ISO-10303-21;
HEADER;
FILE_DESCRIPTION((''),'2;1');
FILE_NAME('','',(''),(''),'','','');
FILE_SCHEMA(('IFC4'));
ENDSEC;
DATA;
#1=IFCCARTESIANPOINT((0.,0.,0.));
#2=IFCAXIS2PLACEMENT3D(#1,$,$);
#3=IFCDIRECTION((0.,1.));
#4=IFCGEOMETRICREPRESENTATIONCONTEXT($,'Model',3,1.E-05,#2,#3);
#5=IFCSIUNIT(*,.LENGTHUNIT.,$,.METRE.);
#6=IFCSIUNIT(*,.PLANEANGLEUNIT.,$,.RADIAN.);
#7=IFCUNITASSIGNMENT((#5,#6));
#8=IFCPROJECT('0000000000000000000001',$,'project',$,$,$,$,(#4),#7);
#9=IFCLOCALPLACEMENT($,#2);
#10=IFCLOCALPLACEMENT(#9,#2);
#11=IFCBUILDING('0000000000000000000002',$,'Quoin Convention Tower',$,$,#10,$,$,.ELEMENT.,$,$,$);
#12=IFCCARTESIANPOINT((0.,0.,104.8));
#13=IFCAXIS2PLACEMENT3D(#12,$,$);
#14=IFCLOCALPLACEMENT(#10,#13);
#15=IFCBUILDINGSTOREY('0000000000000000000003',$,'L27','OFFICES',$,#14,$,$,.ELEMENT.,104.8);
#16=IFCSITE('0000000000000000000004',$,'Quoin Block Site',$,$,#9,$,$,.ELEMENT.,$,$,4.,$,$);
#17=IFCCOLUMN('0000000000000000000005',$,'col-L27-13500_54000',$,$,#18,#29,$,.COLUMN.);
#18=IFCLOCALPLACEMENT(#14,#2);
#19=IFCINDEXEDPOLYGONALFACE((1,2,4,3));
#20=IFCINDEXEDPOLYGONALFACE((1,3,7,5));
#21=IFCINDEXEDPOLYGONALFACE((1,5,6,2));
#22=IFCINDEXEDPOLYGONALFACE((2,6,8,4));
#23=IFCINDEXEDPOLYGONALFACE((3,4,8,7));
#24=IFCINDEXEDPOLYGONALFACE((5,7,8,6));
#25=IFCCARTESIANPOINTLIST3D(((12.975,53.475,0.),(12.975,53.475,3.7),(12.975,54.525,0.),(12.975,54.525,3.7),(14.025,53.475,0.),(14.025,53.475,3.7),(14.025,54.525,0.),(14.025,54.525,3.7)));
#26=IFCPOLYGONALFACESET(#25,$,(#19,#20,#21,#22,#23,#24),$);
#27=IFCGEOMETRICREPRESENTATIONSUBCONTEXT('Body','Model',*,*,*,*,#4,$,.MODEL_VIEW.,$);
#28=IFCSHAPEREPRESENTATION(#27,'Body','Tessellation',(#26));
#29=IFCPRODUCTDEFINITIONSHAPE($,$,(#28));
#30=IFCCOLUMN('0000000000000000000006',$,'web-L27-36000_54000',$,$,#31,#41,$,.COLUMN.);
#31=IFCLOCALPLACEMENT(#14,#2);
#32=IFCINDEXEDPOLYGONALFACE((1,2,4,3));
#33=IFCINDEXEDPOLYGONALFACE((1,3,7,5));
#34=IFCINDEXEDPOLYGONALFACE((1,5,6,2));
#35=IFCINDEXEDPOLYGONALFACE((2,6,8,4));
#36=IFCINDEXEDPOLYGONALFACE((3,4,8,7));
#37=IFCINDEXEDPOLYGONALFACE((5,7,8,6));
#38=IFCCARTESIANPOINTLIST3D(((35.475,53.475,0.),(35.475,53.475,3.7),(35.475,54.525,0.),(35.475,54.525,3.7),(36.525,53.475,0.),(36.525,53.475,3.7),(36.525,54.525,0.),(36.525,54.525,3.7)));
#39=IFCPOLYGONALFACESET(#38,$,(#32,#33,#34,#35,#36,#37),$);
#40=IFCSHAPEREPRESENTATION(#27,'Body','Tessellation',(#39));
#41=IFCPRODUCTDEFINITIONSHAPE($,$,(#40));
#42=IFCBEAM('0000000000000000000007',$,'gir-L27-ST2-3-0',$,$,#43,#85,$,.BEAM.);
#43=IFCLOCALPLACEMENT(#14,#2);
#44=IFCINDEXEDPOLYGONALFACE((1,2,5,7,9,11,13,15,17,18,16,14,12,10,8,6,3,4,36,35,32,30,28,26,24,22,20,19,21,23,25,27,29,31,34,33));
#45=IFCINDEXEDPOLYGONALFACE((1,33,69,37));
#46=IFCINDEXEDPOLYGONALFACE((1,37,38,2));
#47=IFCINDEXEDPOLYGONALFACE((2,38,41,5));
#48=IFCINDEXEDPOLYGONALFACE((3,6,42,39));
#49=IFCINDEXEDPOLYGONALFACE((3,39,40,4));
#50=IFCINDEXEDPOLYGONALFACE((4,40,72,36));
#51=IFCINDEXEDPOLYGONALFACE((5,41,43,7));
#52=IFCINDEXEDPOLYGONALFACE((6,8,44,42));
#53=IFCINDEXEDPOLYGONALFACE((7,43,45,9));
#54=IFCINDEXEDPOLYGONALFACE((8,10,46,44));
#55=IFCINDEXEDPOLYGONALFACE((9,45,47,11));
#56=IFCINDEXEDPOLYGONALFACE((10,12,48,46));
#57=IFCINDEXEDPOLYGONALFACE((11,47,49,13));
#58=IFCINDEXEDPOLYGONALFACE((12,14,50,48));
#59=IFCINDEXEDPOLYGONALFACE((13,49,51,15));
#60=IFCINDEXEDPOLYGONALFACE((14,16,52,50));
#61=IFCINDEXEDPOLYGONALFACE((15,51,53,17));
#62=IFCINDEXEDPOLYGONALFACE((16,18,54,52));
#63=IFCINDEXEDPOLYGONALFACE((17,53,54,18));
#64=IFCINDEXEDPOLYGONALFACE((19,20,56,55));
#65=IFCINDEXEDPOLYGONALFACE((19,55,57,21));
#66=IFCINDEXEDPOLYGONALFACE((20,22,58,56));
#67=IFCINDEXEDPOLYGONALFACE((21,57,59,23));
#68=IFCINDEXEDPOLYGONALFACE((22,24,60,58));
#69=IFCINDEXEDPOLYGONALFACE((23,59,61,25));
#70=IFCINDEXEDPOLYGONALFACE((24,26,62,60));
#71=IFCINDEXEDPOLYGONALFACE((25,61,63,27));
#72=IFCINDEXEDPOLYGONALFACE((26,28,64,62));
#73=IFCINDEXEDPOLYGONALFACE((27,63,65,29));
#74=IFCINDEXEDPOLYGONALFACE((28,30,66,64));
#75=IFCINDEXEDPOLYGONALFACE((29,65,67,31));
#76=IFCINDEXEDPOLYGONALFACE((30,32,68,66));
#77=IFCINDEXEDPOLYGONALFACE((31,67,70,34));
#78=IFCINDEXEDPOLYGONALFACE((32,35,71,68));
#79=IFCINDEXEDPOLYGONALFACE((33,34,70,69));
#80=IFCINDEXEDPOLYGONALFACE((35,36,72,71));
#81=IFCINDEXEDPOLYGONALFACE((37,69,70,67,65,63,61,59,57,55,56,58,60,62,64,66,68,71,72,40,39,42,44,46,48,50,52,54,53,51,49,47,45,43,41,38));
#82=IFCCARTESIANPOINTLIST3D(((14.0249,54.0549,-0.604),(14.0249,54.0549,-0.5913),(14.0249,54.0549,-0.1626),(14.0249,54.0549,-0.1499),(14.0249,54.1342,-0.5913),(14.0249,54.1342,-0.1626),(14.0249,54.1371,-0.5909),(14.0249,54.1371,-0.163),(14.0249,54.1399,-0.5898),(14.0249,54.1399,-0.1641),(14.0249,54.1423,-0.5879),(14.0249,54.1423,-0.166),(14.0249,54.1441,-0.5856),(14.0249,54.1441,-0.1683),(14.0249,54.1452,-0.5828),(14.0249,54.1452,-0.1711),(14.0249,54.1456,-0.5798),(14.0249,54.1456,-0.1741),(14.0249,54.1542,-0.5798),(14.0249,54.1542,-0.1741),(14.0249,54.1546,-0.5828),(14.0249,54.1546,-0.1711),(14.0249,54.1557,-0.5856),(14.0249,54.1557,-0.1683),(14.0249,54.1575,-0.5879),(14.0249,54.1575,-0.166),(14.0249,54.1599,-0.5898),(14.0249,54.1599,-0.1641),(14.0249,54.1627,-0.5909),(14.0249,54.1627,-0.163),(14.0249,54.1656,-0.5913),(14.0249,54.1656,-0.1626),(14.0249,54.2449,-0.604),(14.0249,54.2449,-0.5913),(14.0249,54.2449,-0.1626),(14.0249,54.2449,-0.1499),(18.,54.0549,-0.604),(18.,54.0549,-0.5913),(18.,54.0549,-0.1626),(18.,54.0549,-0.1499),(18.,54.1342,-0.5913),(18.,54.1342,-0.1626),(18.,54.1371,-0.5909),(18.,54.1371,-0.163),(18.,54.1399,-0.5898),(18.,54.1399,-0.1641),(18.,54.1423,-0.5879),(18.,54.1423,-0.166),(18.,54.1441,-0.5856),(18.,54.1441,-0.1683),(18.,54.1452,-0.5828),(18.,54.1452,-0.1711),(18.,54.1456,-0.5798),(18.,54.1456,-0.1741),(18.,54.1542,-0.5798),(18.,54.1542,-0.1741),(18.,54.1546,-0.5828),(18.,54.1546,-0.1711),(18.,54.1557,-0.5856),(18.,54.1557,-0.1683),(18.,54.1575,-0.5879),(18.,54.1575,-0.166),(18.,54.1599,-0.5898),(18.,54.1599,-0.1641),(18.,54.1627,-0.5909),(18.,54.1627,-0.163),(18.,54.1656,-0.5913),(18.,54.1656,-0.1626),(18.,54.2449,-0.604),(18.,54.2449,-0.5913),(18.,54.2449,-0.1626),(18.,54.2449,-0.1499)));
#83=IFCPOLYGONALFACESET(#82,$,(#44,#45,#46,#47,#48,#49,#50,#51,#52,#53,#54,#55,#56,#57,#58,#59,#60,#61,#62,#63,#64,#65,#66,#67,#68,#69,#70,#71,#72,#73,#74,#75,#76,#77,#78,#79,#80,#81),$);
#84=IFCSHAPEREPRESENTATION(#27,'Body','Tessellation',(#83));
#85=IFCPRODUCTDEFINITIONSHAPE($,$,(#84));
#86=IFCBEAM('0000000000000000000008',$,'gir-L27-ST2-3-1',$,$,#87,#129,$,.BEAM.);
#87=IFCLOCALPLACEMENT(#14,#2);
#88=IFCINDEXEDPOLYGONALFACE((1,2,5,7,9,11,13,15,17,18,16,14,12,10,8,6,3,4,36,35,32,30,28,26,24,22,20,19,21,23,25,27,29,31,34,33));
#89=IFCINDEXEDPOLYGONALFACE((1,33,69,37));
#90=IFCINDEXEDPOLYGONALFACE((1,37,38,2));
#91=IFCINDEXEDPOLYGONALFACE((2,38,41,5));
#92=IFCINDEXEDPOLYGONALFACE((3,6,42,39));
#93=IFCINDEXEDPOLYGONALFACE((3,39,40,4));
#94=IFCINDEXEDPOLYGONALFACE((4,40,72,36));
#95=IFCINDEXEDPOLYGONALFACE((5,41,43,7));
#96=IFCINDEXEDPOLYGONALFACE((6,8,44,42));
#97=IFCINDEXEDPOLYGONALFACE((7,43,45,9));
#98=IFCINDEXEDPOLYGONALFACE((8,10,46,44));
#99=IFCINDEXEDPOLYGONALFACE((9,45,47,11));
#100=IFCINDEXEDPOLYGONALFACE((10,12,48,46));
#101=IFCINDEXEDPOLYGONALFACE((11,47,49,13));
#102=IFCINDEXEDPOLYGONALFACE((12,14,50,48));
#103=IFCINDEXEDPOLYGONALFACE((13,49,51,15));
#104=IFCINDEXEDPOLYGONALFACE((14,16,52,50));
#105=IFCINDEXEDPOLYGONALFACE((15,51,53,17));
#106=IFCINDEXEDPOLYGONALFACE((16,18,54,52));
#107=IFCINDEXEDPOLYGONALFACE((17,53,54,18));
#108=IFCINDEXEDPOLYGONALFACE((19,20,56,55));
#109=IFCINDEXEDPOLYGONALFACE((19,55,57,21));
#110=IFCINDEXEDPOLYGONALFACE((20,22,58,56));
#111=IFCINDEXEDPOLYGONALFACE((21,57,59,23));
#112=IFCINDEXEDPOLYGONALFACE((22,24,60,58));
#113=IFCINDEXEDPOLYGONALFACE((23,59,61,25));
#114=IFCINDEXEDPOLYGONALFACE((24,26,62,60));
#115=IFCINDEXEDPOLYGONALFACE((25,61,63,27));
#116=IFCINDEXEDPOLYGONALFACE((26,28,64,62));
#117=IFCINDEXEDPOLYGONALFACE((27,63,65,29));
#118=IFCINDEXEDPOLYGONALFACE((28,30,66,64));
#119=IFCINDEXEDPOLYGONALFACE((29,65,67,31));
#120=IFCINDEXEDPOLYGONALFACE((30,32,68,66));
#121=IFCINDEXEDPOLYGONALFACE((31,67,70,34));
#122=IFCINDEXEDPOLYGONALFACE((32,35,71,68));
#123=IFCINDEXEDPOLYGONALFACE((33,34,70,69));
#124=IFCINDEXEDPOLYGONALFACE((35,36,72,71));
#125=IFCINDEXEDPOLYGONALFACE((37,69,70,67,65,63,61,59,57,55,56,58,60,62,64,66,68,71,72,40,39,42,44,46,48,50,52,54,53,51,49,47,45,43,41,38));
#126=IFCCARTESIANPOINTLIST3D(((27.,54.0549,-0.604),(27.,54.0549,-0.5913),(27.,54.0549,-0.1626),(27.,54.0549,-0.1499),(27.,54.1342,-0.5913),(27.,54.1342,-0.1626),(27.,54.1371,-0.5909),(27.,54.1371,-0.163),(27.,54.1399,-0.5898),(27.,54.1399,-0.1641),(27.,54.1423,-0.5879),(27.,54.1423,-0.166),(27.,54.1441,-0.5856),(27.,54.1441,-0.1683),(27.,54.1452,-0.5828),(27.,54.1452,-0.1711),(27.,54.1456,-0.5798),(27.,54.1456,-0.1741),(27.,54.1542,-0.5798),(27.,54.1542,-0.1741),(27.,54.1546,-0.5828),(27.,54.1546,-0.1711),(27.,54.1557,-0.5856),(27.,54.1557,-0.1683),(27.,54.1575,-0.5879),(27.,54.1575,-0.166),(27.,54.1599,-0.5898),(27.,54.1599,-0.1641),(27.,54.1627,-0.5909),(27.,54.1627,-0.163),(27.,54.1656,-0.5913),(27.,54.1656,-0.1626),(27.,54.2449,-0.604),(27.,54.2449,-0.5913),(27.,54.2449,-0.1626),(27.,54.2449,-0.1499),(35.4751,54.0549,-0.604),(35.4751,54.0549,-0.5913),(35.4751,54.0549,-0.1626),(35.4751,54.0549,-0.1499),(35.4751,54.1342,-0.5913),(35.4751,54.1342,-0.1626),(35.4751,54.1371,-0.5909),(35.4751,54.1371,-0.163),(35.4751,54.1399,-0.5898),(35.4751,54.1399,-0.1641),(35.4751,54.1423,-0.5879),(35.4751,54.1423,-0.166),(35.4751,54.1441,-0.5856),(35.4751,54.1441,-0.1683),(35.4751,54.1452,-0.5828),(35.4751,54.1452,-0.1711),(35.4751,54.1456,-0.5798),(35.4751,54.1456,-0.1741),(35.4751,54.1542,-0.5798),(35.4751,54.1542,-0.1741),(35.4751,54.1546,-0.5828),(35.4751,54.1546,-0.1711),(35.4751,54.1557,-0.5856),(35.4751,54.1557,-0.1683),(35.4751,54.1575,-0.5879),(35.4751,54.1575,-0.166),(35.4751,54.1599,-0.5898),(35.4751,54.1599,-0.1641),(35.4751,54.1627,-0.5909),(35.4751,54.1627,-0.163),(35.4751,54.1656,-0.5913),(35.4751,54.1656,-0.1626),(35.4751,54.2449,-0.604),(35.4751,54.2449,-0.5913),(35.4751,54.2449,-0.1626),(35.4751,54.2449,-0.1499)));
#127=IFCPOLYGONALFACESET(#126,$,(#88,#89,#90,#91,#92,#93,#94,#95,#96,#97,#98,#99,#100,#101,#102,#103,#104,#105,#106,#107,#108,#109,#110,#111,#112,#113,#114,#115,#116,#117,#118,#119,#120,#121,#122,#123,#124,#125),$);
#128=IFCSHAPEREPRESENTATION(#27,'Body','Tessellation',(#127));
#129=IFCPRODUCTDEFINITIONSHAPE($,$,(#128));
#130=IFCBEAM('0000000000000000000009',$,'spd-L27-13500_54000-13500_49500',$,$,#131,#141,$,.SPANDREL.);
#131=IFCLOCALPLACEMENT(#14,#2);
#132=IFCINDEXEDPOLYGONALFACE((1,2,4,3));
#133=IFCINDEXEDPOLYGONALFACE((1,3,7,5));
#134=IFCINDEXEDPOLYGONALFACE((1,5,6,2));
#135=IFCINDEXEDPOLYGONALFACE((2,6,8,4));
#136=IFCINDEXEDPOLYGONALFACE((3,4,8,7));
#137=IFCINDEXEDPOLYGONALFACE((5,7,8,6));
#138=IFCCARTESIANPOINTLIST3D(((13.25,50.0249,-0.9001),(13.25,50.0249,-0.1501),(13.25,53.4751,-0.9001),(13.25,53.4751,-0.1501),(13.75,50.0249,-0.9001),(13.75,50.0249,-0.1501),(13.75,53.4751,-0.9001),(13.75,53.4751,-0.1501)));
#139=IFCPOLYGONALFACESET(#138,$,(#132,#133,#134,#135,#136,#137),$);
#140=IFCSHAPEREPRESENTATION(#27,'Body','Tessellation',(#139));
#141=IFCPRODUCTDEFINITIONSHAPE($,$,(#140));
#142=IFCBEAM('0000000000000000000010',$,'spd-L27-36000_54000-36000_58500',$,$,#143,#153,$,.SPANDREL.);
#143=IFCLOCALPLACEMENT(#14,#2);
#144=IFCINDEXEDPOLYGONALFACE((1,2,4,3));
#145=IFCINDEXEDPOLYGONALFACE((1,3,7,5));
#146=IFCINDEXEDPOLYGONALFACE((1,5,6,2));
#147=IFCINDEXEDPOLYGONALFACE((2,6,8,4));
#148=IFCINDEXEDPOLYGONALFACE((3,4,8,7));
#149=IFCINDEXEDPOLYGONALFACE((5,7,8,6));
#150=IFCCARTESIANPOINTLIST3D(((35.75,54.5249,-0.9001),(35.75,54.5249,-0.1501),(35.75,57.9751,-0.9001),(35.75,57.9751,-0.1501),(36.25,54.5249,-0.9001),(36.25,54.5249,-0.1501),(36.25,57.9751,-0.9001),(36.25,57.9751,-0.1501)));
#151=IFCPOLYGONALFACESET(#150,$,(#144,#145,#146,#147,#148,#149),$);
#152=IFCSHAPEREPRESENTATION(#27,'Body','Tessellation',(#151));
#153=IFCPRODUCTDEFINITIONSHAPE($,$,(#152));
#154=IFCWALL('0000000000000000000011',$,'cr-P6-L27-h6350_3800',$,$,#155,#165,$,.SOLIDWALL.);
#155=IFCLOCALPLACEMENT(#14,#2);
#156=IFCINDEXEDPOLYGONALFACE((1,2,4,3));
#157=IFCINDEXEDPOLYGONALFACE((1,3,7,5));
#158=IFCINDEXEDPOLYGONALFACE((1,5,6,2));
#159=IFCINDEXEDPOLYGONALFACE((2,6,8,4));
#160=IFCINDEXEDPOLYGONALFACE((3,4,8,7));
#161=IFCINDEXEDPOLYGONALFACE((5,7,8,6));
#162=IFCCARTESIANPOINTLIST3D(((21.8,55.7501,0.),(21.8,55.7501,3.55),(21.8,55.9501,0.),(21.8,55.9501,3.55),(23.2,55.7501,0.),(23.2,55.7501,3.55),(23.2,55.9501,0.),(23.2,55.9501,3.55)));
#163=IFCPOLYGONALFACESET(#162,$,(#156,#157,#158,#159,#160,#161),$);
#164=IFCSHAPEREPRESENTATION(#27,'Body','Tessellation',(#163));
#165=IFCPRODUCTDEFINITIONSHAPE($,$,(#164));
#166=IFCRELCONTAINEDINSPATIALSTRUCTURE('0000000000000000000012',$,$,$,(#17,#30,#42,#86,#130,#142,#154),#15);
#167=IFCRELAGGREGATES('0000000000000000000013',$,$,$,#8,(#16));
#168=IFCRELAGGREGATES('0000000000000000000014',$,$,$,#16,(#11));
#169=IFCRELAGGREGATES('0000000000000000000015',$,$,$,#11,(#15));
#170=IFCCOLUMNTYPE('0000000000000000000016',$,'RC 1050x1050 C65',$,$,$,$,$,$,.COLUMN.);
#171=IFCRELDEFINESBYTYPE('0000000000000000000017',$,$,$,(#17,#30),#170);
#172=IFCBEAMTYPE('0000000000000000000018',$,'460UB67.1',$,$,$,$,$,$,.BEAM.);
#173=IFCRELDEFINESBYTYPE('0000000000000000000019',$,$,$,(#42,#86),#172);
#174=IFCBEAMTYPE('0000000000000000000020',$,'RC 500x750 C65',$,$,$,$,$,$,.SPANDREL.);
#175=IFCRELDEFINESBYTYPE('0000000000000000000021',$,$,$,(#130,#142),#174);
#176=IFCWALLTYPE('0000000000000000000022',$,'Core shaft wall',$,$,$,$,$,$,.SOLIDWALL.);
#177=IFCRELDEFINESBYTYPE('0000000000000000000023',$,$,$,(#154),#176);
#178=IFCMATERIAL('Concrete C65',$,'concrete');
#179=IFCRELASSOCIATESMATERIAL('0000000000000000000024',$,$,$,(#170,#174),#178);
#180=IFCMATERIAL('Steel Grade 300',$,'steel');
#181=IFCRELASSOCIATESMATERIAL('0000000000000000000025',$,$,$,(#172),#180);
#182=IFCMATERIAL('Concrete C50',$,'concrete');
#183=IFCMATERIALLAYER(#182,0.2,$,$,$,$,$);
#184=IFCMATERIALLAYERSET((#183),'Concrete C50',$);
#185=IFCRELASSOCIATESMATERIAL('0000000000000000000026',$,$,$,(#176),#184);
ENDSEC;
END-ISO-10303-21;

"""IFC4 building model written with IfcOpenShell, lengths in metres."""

from ifc_helpers import new_model, si_unit, direction, frame, frame_2d, origin, origin_2d, place, context, subcontext, project, spatial, rectangle, i_section, extrude, material, layer, layer_set, material_profile, profile_set, type_object, element, save


model = new_model("IFC4")

# Units and contexts
model_context = context("Model", 3, precision=1e-05, world=origin(), true_north=direction((0.0, 1.0)))
body_context = subcontext(model_context, "Body", "Model", "MODEL_VIEW")
ifc_project = project(units=[si_unit("LENGTHUNIT", "METRE"), si_unit("PLANEANGLEUNIT", "RADIAN")], contexts=[model_context])

# Site, building, storey
site_placement = place(None, origin())
site = spatial("IfcSite", under=ifc_project, at=site_placement, Name="Quoin Block Site", CompositionType="ELEMENT", RefElevation=4.0)
building_placement = place(site_placement, origin())
building = spatial("IfcBuilding", under=site, at=building_placement, Name="Quoin Convention Tower", CompositionType="ELEMENT")
storey_placement = place(building_placement, frame((0.0, 0.0, 104.8)))
storey = spatial("IfcBuildingStorey", under=building, at=storey_placement, Name="L27", Description="OFFICES", CompositionType="ELEMENT", Elevation=104.8)

# Columns
ifc_material_1 = material(Name="Concrete C65", Category="concrete")
ifc_material_profile_1 = material_profile(ifc_material_1, rectangle(XDim=1.05, YDim=1.05, at=origin_2d()), Name="RC 1050x1050")
ifc_profile_set_1 = profile_set([ifc_material_profile_1], Name="Concrete C65")
column_type = type_object("IfcColumnType", Name="RC 1050x1050 C65", PredefinedType="COLUMN", material=ifc_profile_set_1)
for number, where, z_axis, x_axis, name in (
    (1, (13.5, 54.0, 0.0), (0.0, 0.0, 1.0), (1.0, 0.0, 0.0), "col-L27-13500_54000"),
    (2, (36.0, 54.0, 0.0), (0.0, 0.0, 1.0), (1.0, 0.0, 0.0), "web-L27-36000_54000"),
):
    element("IfcColumn", number, at=place(storey_placement, frame(where, z_axis=z_axis, x_axis=x_axis)), inside=storey, type_object=column_type, Name=name, PredefinedType="COLUMN", context=body_context, shape_type="SweptSolid", body=[
        extrude(rectangle(XDim=1.05, YDim=1.05, at=origin_2d()), origin(), (0.0, 0.0, 1.0), 3.7),
    ])

# Beams
ifc_material_2 = material(Name="Steel Grade 300", Category="steel")
ifc_material_profile_2 = material_profile(ifc_material_2, i_section(OverallWidth=0.1899, OverallDepth=0.4541, WebThickness=0.0085, FlangeThickness=0.0127, FilletRadius=0.0115, at=origin_2d()), Name="460UB67.1")
ifc_profile_set_2 = profile_set([ifc_material_profile_2], Name="Steel Grade 300")
beam_type_1 = type_object("IfcBeamType", Name="460UB67.1", PredefinedType="BEAM", material=ifc_profile_set_2)
beam_1_placement = place(storey_placement, frame((14.0249, 54.1499, -0.377), z_axis=(1.0, 0.0, 0.0), x_axis=(0.0, 1.0, 0.0)))
element("IfcBeam", 3, at=beam_1_placement, inside=storey, type_object=beam_type_1, Name="gir-L27-ST2-3-0", PredefinedType="BEAM", context=body_context, shape_type="SweptSolid", body=[
    extrude(i_section(OverallWidth=0.1899, OverallDepth=0.4541, WebThickness=0.0085, FlangeThickness=0.0127, FilletRadius=0.0115, at=origin_2d()), origin(), (0.0, 0.0, 1.0), 3.9751),
])
beam_2_placement = place(storey_placement, frame((27.0, 54.1499, -0.377), z_axis=(1.0, 0.0, 0.0), x_axis=(0.0, 1.0, 0.0)))
element("IfcBeam", 4, at=beam_2_placement, inside=storey, type_object=beam_type_1, Name="gir-L27-ST2-3-1", PredefinedType="BEAM", context=body_context, shape_type="SweptSolid", body=[
    extrude(i_section(OverallWidth=0.1899, OverallDepth=0.4541, WebThickness=0.0085, FlangeThickness=0.0127, FilletRadius=0.0115, at=origin_2d()), origin(), (0.0, 0.0, 1.0), 8.4751),
])
ifc_material_profile_3 = material_profile(ifc_material_1, rectangle(XDim=0.5, YDim=0.75, at=origin_2d()), Name="RC 500x750")
ifc_profile_set_3 = profile_set([ifc_material_profile_3], Name="Concrete C65")
beam_type_2 = type_object("IfcBeamType", Name="RC 500x750 C65", PredefinedType="SPANDREL", material=ifc_profile_set_3)
for number, where, z_axis, x_axis, name in (
    (5, (13.5, 53.4751, -0.5251), (0.0, -1.0, 0.0), (1.0, 0.0, 0.0), "spd-L27-13500_54000-13500_49500"),
    (6, (36.0, 54.5249, -0.5251), (0.0, 1.0, 0.0), (-1.0, 0.0, 0.0), "spd-L27-36000_54000-36000_58500"),
):
    element("IfcBeam", number, at=place(storey_placement, frame(where, z_axis=z_axis, x_axis=x_axis)), inside=storey, type_object=beam_type_2, Name=name, PredefinedType="SPANDREL", context=body_context, shape_type="SweptSolid", body=[
        extrude(rectangle(XDim=0.5, YDim=0.75, at=origin_2d()), origin(), (0.0, 0.0, 1.0), 3.4502),
    ])

# Wall
ifc_material_3 = material(Name="Concrete C50", Category="concrete")
ifc_layer_1 = layer(ifc_material_3, 0.2)
ifc_layer_set_1 = layer_set([ifc_layer_1], Name="Concrete C50")
wall_type_1 = type_object("IfcWallType", Name="Core shaft wall", PredefinedType="SOLIDWALL", material=ifc_layer_set_1)
wall_1_placement = place(storey_placement, frame((21.8, 55.8501, 0.0), z_axis=(0.0, 0.0, 1.0), x_axis=(1.0, 0.0, 0.0)))
element("IfcWall", 7, at=wall_1_placement, inside=storey, type_object=wall_type_1, Name="cr-P6-L27-h6350_3800", PredefinedType="SOLIDWALL", context=body_context, shape_type="SweptSolid", body=[
    extrude(rectangle(XDim=1.3999, YDim=0.2, at=frame_2d((0.7, 0.0))), origin(), (0.0, 0.0, 1.0), 3.55),
])

save(model, "model.ifc")
